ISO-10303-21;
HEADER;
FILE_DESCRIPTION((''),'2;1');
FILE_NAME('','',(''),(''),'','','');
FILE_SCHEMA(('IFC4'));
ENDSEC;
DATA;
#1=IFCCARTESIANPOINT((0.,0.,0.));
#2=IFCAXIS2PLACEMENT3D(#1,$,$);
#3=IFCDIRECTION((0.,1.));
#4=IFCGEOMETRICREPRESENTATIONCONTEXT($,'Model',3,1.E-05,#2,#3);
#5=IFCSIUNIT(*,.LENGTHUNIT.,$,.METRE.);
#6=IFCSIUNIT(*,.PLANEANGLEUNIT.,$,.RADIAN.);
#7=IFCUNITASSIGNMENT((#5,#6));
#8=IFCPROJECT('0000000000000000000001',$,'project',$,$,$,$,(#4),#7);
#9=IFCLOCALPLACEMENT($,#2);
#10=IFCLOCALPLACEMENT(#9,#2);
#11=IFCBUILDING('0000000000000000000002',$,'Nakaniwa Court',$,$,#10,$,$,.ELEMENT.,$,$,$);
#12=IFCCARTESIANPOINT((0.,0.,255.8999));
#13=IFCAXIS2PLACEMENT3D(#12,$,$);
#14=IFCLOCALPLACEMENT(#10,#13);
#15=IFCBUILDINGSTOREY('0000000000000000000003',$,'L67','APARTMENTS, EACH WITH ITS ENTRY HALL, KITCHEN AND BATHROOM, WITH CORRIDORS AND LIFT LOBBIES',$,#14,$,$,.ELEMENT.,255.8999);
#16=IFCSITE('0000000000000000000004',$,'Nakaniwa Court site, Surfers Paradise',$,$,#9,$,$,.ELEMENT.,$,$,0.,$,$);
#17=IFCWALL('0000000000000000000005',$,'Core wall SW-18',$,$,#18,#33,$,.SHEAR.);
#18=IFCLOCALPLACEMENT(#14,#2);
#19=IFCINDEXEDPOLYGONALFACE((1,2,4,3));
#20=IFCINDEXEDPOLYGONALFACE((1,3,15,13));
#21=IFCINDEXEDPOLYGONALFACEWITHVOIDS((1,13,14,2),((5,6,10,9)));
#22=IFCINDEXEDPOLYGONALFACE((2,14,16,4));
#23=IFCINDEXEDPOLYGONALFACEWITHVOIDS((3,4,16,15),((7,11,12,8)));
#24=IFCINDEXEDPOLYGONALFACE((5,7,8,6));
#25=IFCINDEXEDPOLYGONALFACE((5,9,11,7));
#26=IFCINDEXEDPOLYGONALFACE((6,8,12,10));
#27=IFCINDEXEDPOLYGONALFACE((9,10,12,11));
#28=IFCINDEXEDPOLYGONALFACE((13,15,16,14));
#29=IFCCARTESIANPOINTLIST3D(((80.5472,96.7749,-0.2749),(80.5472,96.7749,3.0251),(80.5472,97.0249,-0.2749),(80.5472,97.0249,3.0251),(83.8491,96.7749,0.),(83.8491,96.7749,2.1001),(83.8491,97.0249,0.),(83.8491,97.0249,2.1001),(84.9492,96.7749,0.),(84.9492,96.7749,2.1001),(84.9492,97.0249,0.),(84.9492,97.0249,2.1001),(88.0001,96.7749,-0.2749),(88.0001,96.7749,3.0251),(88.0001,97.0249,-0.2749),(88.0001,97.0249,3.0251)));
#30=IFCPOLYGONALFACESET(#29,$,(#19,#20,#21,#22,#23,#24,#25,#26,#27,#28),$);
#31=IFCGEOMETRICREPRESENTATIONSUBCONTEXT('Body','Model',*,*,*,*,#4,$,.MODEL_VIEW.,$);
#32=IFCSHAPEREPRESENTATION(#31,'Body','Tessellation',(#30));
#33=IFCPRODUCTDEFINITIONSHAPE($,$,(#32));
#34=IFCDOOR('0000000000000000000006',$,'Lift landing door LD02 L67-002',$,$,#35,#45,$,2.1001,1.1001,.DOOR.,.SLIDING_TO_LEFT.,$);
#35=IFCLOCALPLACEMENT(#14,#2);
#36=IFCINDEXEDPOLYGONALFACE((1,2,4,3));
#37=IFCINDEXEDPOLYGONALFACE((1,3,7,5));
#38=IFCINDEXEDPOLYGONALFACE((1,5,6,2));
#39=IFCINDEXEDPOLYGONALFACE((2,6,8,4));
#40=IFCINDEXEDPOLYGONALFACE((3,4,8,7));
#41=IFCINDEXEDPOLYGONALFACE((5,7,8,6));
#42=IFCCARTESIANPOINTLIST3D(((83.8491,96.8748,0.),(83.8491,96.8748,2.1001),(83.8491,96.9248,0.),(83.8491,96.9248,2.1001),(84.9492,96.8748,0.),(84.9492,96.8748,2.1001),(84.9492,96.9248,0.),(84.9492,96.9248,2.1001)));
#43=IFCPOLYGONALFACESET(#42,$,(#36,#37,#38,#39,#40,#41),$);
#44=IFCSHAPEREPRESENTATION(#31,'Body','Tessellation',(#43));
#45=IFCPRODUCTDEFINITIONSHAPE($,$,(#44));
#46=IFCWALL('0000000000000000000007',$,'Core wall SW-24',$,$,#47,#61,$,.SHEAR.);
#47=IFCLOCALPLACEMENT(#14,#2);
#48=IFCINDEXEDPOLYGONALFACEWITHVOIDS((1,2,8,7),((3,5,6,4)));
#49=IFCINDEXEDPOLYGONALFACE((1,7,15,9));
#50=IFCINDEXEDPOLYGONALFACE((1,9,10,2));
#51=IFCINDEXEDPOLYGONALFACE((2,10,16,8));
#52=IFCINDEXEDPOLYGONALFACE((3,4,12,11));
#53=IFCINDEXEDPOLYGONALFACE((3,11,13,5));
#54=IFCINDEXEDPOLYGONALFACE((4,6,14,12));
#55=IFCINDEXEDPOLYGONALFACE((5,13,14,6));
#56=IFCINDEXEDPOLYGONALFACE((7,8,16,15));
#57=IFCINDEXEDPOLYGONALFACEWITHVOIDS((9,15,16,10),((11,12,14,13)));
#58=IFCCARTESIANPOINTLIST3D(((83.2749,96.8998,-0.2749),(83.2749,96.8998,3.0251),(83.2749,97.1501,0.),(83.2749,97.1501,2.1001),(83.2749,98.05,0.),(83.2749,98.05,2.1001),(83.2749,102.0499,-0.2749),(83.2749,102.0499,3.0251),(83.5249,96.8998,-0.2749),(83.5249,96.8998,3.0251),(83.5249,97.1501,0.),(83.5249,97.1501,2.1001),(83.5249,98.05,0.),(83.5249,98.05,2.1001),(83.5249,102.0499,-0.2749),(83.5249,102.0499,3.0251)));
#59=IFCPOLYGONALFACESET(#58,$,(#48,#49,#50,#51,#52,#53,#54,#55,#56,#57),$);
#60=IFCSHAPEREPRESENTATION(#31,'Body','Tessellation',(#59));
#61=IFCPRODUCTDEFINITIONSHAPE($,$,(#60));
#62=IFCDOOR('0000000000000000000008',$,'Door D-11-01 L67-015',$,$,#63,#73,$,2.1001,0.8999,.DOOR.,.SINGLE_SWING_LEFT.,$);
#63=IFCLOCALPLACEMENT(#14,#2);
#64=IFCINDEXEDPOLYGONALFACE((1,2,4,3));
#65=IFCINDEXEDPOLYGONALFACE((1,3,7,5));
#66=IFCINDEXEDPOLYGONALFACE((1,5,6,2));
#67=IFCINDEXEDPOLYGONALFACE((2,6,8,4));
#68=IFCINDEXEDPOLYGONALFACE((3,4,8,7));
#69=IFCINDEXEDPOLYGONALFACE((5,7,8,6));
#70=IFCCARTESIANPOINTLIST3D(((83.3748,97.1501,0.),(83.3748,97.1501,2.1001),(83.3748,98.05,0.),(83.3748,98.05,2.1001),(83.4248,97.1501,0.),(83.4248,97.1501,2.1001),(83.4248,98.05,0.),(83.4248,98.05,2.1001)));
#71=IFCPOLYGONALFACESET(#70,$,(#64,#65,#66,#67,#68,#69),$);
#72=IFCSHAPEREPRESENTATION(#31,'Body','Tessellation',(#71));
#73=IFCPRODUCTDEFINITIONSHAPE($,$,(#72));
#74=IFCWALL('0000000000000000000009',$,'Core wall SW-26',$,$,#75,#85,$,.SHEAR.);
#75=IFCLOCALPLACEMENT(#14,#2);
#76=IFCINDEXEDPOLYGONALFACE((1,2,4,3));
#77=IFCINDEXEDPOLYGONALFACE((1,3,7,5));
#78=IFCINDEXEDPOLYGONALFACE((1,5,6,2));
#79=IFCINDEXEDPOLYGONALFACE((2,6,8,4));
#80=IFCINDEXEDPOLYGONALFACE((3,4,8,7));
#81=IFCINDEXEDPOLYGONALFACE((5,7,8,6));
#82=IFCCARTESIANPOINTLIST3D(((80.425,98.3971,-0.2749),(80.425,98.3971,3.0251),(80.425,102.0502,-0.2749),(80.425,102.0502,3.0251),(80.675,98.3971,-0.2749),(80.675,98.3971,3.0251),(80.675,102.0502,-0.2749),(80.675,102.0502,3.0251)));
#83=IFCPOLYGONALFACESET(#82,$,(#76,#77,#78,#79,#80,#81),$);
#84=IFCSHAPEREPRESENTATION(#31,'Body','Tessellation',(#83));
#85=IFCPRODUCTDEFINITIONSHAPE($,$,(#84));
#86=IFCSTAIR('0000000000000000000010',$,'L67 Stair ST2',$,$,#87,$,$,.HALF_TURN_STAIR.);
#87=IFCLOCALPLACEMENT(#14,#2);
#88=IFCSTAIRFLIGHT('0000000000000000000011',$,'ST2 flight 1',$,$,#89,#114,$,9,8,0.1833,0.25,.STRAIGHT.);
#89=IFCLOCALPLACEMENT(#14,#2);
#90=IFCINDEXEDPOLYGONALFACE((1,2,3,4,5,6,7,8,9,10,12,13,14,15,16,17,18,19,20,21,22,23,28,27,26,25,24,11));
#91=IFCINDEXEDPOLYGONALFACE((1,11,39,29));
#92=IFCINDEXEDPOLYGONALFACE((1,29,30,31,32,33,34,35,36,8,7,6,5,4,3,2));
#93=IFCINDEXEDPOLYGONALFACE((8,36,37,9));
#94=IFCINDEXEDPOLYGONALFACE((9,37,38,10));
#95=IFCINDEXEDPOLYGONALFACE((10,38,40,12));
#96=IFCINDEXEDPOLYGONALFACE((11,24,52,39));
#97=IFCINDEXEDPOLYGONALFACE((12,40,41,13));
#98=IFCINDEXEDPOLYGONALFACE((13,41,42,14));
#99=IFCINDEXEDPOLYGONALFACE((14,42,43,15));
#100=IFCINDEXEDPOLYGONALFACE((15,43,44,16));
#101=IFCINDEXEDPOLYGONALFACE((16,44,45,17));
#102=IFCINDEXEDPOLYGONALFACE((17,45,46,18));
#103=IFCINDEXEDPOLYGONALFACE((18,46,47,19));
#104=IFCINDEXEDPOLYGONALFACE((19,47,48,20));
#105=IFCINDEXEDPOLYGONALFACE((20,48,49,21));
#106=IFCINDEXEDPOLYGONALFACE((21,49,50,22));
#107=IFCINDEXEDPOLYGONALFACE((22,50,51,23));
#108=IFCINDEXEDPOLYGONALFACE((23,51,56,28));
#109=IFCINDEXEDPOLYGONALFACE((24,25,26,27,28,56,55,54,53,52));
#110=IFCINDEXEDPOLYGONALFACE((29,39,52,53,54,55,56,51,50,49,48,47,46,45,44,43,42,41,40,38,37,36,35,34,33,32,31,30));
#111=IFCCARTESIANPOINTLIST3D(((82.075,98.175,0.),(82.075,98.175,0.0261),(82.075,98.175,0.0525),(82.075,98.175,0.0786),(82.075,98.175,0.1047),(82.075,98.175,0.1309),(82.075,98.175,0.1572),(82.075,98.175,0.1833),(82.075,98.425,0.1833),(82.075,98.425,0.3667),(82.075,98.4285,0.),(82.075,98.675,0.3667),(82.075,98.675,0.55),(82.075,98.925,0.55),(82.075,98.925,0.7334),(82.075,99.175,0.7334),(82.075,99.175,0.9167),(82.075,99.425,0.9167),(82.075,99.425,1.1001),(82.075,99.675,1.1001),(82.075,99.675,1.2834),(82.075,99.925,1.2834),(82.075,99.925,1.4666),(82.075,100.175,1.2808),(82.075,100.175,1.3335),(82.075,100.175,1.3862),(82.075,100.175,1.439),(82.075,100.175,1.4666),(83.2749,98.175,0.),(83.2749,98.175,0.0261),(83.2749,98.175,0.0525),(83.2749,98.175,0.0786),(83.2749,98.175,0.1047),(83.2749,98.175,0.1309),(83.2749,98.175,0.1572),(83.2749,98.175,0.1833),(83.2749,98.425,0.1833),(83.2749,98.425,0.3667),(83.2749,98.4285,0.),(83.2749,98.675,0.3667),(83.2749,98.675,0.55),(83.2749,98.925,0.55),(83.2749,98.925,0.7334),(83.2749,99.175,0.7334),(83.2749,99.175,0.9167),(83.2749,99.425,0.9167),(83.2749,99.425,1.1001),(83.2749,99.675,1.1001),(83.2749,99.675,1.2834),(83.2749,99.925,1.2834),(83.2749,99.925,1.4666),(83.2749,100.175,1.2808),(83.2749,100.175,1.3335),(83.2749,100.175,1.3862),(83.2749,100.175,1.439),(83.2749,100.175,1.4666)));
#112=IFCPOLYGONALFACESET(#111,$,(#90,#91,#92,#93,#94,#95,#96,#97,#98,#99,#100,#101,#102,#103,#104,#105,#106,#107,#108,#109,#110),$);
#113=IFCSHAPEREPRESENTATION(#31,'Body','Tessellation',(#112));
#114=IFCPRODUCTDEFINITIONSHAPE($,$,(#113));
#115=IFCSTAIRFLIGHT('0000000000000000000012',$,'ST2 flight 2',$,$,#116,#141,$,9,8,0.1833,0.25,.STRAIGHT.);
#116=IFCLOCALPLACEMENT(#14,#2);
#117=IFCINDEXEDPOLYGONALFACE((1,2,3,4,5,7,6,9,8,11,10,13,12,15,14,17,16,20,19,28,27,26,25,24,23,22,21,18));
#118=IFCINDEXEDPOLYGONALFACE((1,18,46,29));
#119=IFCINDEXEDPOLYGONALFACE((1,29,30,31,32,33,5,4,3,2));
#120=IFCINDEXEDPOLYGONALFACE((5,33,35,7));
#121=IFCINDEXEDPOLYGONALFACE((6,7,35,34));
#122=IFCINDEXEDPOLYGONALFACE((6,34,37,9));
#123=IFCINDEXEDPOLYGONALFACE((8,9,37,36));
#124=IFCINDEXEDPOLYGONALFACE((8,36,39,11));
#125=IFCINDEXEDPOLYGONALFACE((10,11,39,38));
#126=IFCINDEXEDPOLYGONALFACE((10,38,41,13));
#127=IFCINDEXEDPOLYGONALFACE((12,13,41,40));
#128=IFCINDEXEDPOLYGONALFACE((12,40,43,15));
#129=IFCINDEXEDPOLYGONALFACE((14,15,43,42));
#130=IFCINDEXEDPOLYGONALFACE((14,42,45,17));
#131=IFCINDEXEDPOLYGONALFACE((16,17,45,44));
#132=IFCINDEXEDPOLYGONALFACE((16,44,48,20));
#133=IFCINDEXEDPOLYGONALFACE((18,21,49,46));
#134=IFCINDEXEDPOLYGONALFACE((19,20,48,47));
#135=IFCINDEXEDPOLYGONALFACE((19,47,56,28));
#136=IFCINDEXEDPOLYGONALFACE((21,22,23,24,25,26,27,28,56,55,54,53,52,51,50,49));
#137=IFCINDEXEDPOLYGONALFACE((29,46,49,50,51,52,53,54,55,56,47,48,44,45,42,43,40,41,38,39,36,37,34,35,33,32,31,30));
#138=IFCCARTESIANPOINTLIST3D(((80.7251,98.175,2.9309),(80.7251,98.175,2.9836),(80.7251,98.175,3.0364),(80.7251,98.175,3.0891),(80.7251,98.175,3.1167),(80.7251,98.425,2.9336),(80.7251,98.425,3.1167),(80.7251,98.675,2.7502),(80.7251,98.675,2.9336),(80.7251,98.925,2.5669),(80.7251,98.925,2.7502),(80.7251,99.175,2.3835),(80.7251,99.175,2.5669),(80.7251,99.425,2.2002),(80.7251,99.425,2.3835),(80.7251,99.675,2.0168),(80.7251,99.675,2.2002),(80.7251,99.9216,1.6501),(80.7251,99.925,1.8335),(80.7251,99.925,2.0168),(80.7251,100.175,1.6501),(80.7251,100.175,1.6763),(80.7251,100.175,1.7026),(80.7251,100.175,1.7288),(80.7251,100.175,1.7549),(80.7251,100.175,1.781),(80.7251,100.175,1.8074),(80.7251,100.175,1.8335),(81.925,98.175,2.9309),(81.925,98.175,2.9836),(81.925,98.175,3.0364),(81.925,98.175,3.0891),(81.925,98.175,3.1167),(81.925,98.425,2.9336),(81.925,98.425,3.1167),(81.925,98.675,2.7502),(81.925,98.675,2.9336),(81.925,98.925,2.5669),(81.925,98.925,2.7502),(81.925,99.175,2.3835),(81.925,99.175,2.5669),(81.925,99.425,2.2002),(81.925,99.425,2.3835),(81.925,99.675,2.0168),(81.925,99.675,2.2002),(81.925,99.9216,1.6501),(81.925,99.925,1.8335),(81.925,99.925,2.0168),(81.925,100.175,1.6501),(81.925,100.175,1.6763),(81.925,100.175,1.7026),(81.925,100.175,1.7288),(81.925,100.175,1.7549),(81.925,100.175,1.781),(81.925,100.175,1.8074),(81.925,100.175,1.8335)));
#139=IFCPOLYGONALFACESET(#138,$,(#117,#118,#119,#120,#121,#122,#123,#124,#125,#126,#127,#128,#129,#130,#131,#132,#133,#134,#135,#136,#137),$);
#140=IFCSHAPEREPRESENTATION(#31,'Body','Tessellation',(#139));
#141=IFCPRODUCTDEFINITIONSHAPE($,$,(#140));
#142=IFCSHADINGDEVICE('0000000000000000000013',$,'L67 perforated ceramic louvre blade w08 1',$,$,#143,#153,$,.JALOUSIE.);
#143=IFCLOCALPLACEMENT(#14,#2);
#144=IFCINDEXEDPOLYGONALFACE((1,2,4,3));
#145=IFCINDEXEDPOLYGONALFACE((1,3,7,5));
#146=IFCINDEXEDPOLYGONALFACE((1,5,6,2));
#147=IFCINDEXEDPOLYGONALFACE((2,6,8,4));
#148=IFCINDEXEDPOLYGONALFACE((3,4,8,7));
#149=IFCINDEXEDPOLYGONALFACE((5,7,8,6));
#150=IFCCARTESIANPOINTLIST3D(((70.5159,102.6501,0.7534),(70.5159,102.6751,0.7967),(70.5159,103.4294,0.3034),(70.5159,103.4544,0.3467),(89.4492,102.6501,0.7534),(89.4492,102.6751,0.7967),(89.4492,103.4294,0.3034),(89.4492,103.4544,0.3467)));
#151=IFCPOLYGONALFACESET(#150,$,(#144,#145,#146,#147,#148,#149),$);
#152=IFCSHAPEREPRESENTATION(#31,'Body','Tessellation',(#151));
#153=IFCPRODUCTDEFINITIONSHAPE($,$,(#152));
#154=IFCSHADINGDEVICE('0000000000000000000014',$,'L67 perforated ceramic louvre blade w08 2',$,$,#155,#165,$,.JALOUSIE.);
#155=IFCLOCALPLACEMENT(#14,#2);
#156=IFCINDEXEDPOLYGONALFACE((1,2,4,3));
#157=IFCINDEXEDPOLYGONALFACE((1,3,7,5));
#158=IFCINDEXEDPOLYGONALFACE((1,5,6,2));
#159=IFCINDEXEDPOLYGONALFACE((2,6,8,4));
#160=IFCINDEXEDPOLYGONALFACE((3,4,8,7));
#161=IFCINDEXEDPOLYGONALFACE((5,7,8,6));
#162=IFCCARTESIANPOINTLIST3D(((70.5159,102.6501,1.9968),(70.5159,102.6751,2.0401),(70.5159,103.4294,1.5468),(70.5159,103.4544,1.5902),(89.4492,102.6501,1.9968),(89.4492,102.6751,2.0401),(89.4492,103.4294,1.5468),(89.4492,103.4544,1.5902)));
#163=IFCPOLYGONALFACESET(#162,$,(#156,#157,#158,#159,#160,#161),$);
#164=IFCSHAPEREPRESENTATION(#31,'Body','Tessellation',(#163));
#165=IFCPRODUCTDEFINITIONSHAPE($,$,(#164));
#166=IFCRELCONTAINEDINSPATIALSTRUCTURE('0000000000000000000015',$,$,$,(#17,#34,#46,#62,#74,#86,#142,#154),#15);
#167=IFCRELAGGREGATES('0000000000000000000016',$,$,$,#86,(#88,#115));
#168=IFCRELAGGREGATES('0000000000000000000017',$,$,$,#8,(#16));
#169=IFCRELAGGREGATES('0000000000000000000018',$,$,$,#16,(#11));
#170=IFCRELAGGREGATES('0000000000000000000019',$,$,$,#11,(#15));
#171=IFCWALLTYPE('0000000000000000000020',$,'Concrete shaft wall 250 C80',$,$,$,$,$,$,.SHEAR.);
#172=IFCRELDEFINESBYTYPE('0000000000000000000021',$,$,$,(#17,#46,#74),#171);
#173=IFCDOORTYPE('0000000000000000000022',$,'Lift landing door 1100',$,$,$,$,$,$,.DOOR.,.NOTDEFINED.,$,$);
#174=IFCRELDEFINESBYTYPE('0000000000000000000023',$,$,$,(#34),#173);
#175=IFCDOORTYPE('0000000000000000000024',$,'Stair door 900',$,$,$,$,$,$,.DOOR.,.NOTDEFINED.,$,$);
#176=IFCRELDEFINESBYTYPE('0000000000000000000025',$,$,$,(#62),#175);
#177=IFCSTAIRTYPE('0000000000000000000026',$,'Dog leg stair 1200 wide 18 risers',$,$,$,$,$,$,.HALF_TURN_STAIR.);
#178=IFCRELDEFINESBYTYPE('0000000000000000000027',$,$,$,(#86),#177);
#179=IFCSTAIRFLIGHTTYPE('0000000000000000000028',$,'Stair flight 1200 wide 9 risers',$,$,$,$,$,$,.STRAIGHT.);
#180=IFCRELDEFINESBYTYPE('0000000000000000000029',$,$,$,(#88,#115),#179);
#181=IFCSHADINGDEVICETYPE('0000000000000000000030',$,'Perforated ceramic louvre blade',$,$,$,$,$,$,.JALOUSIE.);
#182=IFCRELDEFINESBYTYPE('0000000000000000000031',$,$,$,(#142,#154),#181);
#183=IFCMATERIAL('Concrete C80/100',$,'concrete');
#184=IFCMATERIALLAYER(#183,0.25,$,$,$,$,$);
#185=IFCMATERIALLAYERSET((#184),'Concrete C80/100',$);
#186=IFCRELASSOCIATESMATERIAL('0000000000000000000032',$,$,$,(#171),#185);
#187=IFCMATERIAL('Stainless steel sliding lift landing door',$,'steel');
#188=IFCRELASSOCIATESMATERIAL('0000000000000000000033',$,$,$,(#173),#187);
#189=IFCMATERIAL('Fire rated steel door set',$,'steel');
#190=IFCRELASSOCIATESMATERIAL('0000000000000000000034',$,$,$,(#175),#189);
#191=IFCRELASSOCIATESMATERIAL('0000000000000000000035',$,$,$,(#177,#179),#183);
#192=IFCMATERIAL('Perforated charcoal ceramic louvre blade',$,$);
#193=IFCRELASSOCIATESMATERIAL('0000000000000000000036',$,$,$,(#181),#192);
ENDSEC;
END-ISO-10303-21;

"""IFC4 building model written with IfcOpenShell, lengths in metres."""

from ifc_helpers import new_model, si_unit, direction, frame, frame_2d, origin, origin_2d, place, context, subcontext, project, spatial, polyline, rectangle, outline, extrude, material, layer, layer_set, material_profile, profile_set, type_object, element, fill, aggregate, save


model = new_model("IFC4")

# Units and contexts
model_context = context("Model", 3, precision=1e-05, world=origin(), true_north=direction((0.0, 1.0)))
body_context = subcontext(model_context, "Body", "Model", "MODEL_VIEW")
ifc_project = project(units=[si_unit("LENGTHUNIT", "METRE"), si_unit("PLANEANGLEUNIT", "RADIAN")], contexts=[model_context])

# Site, building, storey
site_placement = place(None, origin())
site = spatial("IfcSite", under=ifc_project, at=site_placement, Name="Nakaniwa Court site, Surfers Paradise", CompositionType="ELEMENT", RefElevation=0.0)
building_placement = place(site_placement, origin())
building = spatial("IfcBuilding", under=site, at=building_placement, Name="Nakaniwa Court", CompositionType="ELEMENT")
storey_placement = place(building_placement, frame((0.0, 0.0, 255.8999)))
storey = spatial("IfcBuildingStorey", under=building, at=storey_placement, Name="L67", Description="APARTMENTS, EACH WITH ITS ENTRY HALL, KITCHEN AND BATHROOM, WITH CORRIDORS AND LIFT LOBBIES", CompositionType="ELEMENT", Elevation=255.8999)

# Shared definitions
ifc_material_1 = material(Name="Fire rated steel door set", Category="steel")

# Shared definitions
ifc_material_2 = material(Name="Concrete C80/100", Category="concrete")

# Shared definitions
ifc_layer_1 = layer(ifc_material_2, 0.25)
ifc_layer_set_1 = layer_set([ifc_layer_1], Name="Concrete C80/100")
wall_type_1 = type_object("IfcWallType", Name="Concrete shaft wall 250 C80", PredefinedType="SHEAR", material=ifc_layer_set_1)

# Walls, openings, doors
wall_1_placement = place(storey_placement, frame((80.5471, 96.8999, -0.2749), z_axis=(0.0, 0.0, 1.0), x_axis=(1.0, 0.0, 0.0)))
wall_1 = element("IfcWall", 1, at=wall_1_placement, inside=storey, type_object=wall_type_1, Name="Core wall SW-18", PredefinedType="SHEAR", context=body_context, shape_type="SweptSolid", body=[
    extrude(rectangle(XDim=7.4529, YDim=0.25, at=frame_2d((3.7266, 0.0))), origin(), (0.0, 0.0, 1.0), 3.3),
])
opening_1_placement = place(wall_1_placement, frame((3.302, 0.0, 0.2749)))
opening_1 = element("IfcOpeningElement", 2, at=opening_1_placement, cuts=wall_1, PredefinedType="OPENING", context=body_context, shape_type="SweptSolid", body=[
    extrude(rectangle(XDim=1.1001, YDim=2.1001, at=frame_2d((0.55, 1.05))), frame((0.0, 0.135, 0.0), z_axis=(0.0, -1.0, 0.0), x_axis=(1.0, 0.0, 0.0)), (0.0, 0.0, 1.0), 0.27),
])
ifc_material_3 = material(Name="Stainless steel sliding lift landing door", Category="steel")
door_type_1 = type_object("IfcDoorType", Name="Lift landing door 1100", OperationType="NOTDEFINED", PredefinedType="DOOR", material=ifc_material_3)
door_1_placement = place(opening_1_placement, origin())
door_1 = element("IfcDoor", 3, at=door_1_placement, inside=storey, type_object=door_type_1, Name="Lift landing door LD02 L67-002", OperationType="SLIDING_TO_LEFT", OverallHeight=2.1001, OverallWidth=1.1001, PredefinedType="DOOR", context=body_context, shape_type="SweptSolid", body=[
    extrude(rectangle(XDim=1.1001, YDim=2.1001, at=frame_2d((0.55, 1.05))), frame((0.0, 0.0249, 0.0), z_axis=(0.0, -1.0, 0.0), x_axis=(1.0, 0.0, 0.0)), (0.0, 0.0, 1.0), 0.05),
])
fill(opening_1, door_1)
wall_2_placement = place(storey_placement, frame((83.3999, 102.05, -0.2749), z_axis=(0.0, 0.0, 1.0), x_axis=(0.0, -1.0, 0.0)))
wall_2 = element("IfcWall", 4, at=wall_2_placement, inside=storey, type_object=wall_type_1, Name="Core wall SW-24", PredefinedType="SHEAR", context=body_context, shape_type="SweptSolid", body=[
    extrude(rectangle(XDim=5.1501, YDim=0.25, at=frame_2d((2.5752, 0.0))), origin(), (0.0, 0.0, 1.0), 3.3),
])
opening_2_placement = place(wall_2_placement, frame((4.0, 0.0, 0.2749)))
opening_2 = element("IfcOpeningElement", 5, at=opening_2_placement, cuts=wall_2, PredefinedType="OPENING", context=body_context, shape_type="SweptSolid", body=[
    extrude(rectangle(XDim=0.8999, YDim=2.1001, at=frame_2d((0.45, 1.05))), frame((0.0, 0.135, 0.0), z_axis=(0.0, -1.0, 0.0), x_axis=(1.0, 0.0, 0.0)), (0.0, 0.0, 1.0), 0.27),
])
door_type_2 = type_object("IfcDoorType", Name="Stair door 900", OperationType="NOTDEFINED", PredefinedType="DOOR", material=ifc_material_1)
door_2_placement = place(opening_2_placement, origin())
door_2 = element("IfcDoor", 6, at=door_2_placement, inside=storey, type_object=door_type_2, Name="Door D-11-01 L67-015", OperationType="SINGLE_SWING_LEFT", OverallHeight=2.1001, OverallWidth=0.8999, PredefinedType="DOOR", context=body_context, shape_type="SweptSolid", body=[
    extrude(rectangle(XDim=0.8999, YDim=2.1001, at=frame_2d((0.45, 1.05))), frame((0.0, 0.0249, 0.0), z_axis=(0.0, -1.0, 0.0), x_axis=(1.0, 0.0, 0.0)), (0.0, 0.0, 1.0), 0.05),
])
fill(opening_2, door_2)

# Wall
wall_3_placement = place(storey_placement, frame((80.55, 98.397, -0.2749), z_axis=(0.0, 0.0, 1.0), x_axis=(0.0, 1.0, 0.0)))
element("IfcWall", 7, at=wall_3_placement, inside=storey, type_object=wall_type_1, Name="Core wall SW-26", PredefinedType="SHEAR", context=body_context, shape_type="SweptSolid", body=[
    extrude(rectangle(XDim=3.6531, YDim=0.25, at=frame_2d((1.8267, 0.0))), origin(), (0.0, 0.0, 1.0), 3.3),
])

# Stair, stair flights
stair_type = type_object("IfcStairType", Name="Dog leg stair 1200 wide 18 risers", PredefinedType="HALF_TURN_STAIR", material=ifc_material_2)
stair_placement = place(storey_placement, origin())
stair = element("IfcStair", 8, at=stair_placement, inside=storey, type_object=stair_type, Name="L67 Stair ST2", PredefinedType="HALF_TURN_STAIR")
stair_flight_type = type_object("IfcStairFlightType", Name="Stair flight 1200 wide 9 risers", PredefinedType="STRAIGHT", material=ifc_material_2)
stair_flight_1_placement = place(storey_placement, frame((82.675, 98.175, 0.0), z_axis=(0.0, 0.0, 1.0), x_axis=(0.0, 1.0, 0.0)))
stair_flight_1 = element("IfcStairFlight", 9, at=stair_flight_1_placement, type_object=stair_flight_type, Name="ST2 flight 1", NumberOfRisers=9, NumberOfTreads=8, PredefinedType="STRAIGHT", RiserHeight=0.1833, TreadLength=0.25, context=body_context, shape_type="SweptSolid", body=[
    extrude(outline(polyline([(0.0, 0.0), (0.0, 0.0261), (0.0, 0.0525), (0.0, 0.0786), (0.0, 0.1047), (0.0, 0.1309), (0.0, 0.1572), (0.0, 0.1833), (0.25, 0.1833), (0.25, 0.3667), (0.5, 0.3667), (0.5, 0.55), (0.75, 0.55), (0.75, 0.7334), (1.0, 0.7334), (1.0, 0.9167), (1.25, 0.9167), (1.25, 1.1001), (1.5, 1.1001), (1.5, 1.2834), (1.75, 1.2834), (1.75, 1.4666), (2.0, 1.4666), (2.0, 1.6499), (2.0, 1.5972), (2.0, 1.5444), (2.0, 1.4917), (2.0, 1.439), (2.0, 1.3862), (2.0, 1.3335), (2.0, 1.2808), (0.2534, 0.0), (0.0, 0.0)])), frame((0.0, 0.6001, 0.0), z_axis=(0.0, -1.0, 0.0), x_axis=(1.0, 0.0, 0.0)), (0.0, 0.0, 1.0), 1.2),
])
stair_flight_2_placement = place(storey_placement, frame((81.325, 100.175, 1.6501), z_axis=(0.0, 0.0, 1.0), x_axis=(0.0, -1.0, 0.0)))
stair_flight_2 = element("IfcStairFlight", 10, at=stair_flight_2_placement, type_object=stair_flight_type, Name="ST2 flight 2", NumberOfRisers=9, NumberOfTreads=8, PredefinedType="STRAIGHT", RiserHeight=0.1833, TreadLength=0.25, context=body_context, shape_type="SweptSolid", body=[
    extrude(outline(polyline([(0.0, 0.0), (0.0, 0.0261), (0.0, 0.0525), (0.0, 0.0786), (0.0, 0.1047), (0.0, 0.1309), (0.0, 0.1572), (0.0, 0.1833), (0.25, 0.1833), (0.25, 0.3667), (0.5, 0.3667), (0.5, 0.55), (0.75, 0.55), (0.75, 0.7334), (1.0, 0.7334), (1.0, 0.9167), (1.25, 0.9167), (1.25, 1.1001), (1.5, 1.1001), (1.5, 1.2834), (1.75, 1.2834), (1.75, 1.4666), (2.0, 1.4666), (2.0, 1.6499), (2.0, 1.5972), (2.0, 1.5444), (2.0, 1.4917), (2.0, 1.439), (2.0, 1.3862), (2.0, 1.3335), (2.0, 1.2808), (0.2534, 0.0), (0.0, 0.0)])), frame((0.0, 0.6001, 0.0), z_axis=(0.0, -1.0, 0.0), x_axis=(1.0, 0.0, 0.0)), (0.0, 0.0, 1.0), 1.2),
])
aggregate(stair, [stair_flight_1, stair_flight_2])

# Shading devices
ifc_material_4 = material(Name="Perforated charcoal ceramic louvre blade")
ifc_material_profile = material_profile(ifc_material_4, rectangle(XDim=0.8999, YDim=0.05, at=origin_2d()), Name="Perforated ceramic louvre blade")
ifc_profile_set = profile_set([ifc_material_profile], Name="Perforated charcoal ceramic louvre blade")
shading_device_type = type_object("IfcShadingDeviceType", Name="Perforated ceramic louvre blade", PredefinedType="JALOUSIE", material=ifc_profile_set)
for number, where, z_axis, x_axis, name in (
    (11, (89.4492, 103.0522, 0.55), (-1.0, 0.0, 0.0), (0.0, -0.866025, 0.5), "L67 perforated ceramic louvre blade w08 1"),
    (12, (89.4492, 103.0522, 1.7935), (-1.0, 0.0, 0.0), (0.0, -0.866025, 0.5), "L67 perforated ceramic louvre blade w08 2"),
):
    element("IfcShadingDevice", number, at=place(storey_placement, frame(where, z_axis=z_axis, x_axis=x_axis)), inside=storey, type_object=shading_device_type, Name=name, PredefinedType="JALOUSIE", context=body_context, shape_type="SweptSolid", body=[
        extrude(rectangle(XDim=0.8999, YDim=0.05, at=origin_2d()), origin(), (0.0, 0.0, 1.0), 18.9333),
    ])

save(model, "model.ifc")
